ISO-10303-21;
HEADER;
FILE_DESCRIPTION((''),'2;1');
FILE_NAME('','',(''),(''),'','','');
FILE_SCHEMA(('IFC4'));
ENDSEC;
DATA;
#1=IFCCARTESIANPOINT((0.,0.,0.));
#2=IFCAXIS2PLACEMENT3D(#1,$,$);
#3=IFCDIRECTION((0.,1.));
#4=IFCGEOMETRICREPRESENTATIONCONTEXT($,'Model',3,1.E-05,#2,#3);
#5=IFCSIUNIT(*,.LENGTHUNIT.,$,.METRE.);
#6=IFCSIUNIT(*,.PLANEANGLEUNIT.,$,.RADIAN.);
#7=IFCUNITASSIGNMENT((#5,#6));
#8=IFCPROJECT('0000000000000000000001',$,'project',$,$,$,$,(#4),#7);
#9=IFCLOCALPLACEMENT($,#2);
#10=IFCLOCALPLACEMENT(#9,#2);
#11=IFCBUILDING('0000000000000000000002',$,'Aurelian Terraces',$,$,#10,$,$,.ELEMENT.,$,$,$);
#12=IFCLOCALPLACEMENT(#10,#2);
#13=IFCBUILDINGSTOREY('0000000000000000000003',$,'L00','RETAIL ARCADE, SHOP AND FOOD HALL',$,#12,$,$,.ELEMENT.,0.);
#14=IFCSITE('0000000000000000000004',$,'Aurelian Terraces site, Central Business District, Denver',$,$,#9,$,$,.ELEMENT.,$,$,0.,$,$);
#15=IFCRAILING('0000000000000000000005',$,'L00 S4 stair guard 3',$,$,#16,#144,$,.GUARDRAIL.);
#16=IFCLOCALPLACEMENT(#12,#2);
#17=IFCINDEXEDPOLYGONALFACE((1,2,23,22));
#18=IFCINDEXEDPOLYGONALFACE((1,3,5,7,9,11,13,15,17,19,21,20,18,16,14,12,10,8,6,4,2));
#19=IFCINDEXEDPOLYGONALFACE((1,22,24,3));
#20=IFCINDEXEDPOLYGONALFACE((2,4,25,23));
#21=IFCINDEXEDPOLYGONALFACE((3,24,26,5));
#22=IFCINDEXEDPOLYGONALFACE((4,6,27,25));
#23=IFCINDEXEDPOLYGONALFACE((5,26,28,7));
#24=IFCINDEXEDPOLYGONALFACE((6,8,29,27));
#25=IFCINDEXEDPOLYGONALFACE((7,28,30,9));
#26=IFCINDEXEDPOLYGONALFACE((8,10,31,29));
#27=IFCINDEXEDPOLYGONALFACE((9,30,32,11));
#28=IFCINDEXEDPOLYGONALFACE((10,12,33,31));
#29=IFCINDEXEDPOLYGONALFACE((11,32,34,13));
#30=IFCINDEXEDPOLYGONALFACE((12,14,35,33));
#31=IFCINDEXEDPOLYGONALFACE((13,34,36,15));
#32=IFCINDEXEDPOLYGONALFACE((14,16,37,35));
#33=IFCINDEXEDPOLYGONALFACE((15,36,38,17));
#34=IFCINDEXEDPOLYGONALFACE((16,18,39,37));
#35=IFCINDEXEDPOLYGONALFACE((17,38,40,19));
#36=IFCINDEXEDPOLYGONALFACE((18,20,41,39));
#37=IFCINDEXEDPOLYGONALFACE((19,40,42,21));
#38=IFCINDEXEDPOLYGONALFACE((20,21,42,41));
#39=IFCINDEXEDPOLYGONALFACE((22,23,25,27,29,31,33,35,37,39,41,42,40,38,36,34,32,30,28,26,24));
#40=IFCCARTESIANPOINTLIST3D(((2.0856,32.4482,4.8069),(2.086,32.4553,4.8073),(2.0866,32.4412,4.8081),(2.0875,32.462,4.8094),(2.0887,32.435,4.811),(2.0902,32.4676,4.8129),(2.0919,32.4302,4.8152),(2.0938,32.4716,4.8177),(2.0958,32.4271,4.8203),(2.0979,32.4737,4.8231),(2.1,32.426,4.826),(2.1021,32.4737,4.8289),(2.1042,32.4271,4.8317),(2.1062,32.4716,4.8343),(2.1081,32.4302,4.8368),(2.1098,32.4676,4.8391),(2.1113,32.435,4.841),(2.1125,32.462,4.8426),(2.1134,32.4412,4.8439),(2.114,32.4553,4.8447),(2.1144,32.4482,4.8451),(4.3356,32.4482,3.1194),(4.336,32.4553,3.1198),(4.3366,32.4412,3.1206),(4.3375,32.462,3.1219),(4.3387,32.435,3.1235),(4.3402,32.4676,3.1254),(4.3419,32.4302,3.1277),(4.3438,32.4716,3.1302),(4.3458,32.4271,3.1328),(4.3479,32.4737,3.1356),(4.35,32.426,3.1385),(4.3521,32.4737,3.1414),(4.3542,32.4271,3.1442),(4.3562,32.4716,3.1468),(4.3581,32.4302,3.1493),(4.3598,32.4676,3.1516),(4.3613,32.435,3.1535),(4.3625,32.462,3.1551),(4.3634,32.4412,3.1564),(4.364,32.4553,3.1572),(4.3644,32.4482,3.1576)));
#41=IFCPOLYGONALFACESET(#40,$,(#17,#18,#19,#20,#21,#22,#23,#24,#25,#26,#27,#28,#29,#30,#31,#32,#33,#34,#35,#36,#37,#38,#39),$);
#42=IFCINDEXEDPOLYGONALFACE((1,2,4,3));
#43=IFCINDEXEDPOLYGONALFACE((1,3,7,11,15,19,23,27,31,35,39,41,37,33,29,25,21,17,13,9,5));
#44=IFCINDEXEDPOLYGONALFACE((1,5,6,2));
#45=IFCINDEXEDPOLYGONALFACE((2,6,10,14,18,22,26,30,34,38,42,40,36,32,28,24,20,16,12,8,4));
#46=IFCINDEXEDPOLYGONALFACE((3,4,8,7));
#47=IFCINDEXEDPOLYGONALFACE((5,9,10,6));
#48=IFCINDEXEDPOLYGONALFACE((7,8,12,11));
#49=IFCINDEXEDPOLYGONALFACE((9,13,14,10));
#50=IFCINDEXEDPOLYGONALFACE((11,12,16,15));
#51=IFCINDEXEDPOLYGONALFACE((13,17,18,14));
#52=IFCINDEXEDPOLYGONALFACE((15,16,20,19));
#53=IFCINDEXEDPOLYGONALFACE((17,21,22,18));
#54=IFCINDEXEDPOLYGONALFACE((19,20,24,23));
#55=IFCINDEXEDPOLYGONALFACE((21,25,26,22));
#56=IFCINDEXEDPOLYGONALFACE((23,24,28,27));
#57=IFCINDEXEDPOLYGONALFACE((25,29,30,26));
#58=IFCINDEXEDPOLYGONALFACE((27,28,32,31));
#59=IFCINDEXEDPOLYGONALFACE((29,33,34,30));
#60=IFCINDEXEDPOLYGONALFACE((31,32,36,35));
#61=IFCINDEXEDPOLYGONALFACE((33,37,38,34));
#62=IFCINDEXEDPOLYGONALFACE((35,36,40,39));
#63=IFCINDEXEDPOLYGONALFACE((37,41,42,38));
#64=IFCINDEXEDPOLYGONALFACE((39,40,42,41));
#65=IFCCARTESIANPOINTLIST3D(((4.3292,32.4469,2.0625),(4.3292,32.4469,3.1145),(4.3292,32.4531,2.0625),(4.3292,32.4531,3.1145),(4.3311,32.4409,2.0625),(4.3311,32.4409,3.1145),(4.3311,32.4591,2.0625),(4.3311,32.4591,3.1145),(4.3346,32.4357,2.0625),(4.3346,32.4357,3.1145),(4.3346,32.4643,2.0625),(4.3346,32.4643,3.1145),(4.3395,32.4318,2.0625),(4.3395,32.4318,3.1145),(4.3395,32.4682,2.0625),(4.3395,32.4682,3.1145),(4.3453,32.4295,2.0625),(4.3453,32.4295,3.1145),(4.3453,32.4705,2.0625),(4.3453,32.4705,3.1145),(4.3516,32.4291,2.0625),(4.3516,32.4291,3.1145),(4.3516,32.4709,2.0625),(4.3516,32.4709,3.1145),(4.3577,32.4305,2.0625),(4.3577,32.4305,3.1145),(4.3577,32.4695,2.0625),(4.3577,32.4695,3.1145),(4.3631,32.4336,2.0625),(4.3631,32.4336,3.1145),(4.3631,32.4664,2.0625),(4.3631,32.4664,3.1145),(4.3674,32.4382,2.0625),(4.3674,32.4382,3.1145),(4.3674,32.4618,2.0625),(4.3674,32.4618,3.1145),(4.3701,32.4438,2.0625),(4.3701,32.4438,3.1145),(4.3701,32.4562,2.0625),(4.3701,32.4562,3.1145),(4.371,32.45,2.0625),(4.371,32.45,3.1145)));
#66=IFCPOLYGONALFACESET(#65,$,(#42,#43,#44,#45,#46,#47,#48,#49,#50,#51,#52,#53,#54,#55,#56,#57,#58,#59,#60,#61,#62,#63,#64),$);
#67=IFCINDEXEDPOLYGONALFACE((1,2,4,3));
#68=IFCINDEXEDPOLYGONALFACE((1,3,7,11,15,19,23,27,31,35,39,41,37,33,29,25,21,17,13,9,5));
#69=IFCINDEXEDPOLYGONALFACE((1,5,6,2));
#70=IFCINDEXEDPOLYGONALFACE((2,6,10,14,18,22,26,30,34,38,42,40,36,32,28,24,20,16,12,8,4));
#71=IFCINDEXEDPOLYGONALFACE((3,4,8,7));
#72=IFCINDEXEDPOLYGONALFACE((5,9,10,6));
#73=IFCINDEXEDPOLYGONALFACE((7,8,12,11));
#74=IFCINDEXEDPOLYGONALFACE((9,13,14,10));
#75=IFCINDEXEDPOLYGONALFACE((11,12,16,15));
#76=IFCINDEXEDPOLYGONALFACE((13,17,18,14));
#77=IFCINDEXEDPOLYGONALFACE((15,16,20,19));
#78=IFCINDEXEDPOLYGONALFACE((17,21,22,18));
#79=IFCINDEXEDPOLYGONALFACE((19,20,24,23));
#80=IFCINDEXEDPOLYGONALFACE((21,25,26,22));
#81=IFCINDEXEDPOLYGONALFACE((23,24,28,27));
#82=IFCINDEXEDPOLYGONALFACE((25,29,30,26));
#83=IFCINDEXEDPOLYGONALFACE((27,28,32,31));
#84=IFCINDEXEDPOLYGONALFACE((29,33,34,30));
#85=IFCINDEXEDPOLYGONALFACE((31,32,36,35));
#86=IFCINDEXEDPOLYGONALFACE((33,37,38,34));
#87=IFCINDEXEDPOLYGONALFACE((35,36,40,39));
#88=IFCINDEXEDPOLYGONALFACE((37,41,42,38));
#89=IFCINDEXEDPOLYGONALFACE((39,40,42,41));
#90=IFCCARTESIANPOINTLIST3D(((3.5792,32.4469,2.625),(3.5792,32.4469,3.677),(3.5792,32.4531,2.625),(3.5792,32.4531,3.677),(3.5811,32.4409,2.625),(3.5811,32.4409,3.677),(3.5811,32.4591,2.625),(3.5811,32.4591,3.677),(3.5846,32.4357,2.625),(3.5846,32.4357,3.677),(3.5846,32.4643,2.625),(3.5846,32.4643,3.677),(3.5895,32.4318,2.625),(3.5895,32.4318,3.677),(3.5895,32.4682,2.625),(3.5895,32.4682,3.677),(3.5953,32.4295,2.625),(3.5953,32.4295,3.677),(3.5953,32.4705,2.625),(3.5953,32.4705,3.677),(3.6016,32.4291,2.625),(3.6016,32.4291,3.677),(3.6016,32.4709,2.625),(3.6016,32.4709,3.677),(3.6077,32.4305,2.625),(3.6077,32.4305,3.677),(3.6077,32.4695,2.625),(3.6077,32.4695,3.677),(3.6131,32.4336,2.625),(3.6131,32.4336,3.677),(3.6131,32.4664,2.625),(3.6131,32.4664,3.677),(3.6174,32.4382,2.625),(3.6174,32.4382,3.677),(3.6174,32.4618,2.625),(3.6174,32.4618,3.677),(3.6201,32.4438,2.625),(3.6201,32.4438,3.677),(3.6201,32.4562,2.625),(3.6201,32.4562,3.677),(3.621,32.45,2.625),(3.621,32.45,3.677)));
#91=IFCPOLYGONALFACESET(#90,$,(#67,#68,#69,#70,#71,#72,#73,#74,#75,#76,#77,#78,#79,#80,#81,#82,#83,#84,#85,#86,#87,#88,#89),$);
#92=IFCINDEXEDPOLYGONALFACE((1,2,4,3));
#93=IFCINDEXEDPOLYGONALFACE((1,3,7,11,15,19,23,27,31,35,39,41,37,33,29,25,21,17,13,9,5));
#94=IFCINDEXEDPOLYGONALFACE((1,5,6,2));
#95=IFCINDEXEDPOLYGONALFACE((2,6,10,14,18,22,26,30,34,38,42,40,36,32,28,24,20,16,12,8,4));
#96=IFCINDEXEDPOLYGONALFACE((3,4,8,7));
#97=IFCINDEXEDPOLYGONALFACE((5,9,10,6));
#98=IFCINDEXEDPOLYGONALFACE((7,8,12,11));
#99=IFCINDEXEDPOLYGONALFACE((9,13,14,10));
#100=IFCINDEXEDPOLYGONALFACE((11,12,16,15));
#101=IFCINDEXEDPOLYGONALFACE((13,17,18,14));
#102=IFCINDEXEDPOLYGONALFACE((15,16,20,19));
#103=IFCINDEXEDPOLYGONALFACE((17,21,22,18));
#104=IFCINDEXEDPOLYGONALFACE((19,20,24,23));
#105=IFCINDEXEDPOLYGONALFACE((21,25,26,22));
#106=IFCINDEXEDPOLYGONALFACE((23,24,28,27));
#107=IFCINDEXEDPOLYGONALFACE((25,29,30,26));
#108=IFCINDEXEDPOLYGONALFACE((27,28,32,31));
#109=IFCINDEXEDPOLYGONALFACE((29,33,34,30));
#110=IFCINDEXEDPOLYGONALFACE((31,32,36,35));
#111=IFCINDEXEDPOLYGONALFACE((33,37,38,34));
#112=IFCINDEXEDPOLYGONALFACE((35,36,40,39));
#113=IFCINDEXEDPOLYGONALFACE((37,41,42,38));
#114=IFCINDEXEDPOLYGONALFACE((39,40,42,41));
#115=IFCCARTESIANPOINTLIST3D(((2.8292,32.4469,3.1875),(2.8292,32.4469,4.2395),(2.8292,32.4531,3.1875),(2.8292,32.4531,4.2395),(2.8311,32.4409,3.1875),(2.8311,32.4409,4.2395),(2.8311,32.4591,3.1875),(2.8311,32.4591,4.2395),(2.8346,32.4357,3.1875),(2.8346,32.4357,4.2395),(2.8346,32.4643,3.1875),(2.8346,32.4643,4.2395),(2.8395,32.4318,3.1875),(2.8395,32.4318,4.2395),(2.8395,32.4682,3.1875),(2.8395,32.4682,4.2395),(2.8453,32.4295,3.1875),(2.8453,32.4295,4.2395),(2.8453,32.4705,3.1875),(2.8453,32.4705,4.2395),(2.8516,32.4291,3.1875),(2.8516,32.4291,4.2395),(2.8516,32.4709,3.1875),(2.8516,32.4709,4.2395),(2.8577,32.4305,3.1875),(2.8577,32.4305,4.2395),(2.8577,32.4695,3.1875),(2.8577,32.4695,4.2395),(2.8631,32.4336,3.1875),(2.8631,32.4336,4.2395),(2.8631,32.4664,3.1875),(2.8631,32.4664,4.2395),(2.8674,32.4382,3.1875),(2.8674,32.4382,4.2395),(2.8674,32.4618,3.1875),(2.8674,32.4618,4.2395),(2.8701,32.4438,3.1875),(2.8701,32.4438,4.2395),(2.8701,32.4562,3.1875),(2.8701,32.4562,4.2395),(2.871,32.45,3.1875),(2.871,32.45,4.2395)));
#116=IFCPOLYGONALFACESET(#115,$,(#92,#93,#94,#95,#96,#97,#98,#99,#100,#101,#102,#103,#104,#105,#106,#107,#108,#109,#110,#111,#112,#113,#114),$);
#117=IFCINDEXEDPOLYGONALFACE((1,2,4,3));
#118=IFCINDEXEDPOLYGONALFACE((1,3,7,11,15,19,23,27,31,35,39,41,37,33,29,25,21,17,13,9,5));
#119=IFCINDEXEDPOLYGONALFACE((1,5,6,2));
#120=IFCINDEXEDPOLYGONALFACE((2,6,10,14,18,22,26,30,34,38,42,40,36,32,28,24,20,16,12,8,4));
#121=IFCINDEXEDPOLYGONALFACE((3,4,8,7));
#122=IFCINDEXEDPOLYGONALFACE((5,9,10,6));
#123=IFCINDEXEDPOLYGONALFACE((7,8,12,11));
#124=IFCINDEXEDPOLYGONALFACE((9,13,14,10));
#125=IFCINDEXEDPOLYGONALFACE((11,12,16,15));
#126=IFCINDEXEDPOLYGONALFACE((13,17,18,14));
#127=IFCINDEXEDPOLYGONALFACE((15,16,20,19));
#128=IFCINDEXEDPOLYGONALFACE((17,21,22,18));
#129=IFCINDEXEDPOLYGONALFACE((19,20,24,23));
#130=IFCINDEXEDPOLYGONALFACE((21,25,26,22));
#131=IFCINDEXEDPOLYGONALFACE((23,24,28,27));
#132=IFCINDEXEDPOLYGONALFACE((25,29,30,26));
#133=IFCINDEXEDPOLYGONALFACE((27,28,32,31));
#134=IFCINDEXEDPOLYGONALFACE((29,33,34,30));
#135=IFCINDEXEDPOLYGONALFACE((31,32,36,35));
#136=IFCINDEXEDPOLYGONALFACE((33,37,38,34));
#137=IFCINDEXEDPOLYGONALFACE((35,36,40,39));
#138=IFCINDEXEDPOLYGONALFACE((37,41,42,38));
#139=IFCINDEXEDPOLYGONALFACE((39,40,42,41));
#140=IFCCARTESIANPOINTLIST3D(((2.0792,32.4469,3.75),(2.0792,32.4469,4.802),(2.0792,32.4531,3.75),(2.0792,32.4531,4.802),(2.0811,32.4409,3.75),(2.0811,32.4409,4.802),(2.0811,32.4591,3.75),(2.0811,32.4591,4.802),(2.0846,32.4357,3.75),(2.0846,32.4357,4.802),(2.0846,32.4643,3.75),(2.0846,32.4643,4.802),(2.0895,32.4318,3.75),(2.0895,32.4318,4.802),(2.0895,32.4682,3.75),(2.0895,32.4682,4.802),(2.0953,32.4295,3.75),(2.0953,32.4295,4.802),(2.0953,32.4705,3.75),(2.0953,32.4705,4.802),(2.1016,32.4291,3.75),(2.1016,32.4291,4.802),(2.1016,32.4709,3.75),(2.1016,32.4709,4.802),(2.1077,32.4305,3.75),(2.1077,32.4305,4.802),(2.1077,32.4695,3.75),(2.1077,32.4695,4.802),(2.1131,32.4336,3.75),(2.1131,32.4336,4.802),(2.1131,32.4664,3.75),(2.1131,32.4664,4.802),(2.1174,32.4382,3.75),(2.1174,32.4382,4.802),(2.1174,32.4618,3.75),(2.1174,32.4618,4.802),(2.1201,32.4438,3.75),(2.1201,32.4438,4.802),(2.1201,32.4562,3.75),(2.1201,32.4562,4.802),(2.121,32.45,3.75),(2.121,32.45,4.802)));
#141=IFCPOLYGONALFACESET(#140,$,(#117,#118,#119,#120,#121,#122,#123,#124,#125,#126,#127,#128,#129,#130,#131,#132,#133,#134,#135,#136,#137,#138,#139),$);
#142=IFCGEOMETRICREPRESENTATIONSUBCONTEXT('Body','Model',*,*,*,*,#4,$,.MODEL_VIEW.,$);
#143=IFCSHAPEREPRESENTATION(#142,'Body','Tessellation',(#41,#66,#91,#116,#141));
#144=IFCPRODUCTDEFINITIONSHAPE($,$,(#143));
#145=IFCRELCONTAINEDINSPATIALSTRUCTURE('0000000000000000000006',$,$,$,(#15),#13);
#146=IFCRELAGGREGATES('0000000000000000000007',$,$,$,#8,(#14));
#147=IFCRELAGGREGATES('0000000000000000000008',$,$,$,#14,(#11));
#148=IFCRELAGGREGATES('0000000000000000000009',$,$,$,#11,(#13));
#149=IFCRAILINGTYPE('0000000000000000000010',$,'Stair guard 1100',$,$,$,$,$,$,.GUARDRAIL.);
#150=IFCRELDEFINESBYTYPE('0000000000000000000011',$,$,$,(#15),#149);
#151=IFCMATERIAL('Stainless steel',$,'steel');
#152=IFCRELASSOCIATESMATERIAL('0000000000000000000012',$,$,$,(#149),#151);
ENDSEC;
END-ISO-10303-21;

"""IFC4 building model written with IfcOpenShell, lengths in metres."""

from ifc_helpers import new_model, si_unit, direction, frame, origin, origin_2d, place, context, subcontext, project, spatial, circle, extrude, source, transform, mapped, material, type_object, element, save


model = new_model("IFC4")

# Units and contexts
model_context = context("Model", 3, precision=1e-05, world=origin(), true_north=direction((0.0, 1.0)))
body_context = subcontext(model_context, "Body", "Model", "MODEL_VIEW")
ifc_project = project(units=[si_unit("LENGTHUNIT", "METRE"), si_unit("PLANEANGLEUNIT", "RADIAN")], contexts=[model_context])

# Site, building, storey
site_placement = place(None, origin())
site = spatial("IfcSite", under=ifc_project, at=site_placement, Name="Aurelian Terraces site, Central Business District, Denver", CompositionType="ELEMENT", RefElevation=0.0)
building_placement = place(site_placement, origin())
building = spatial("IfcBuilding", under=site, at=building_placement, Name="Aurelian Terraces", CompositionType="ELEMENT")
storey_placement = place(building_placement, origin())
storey = spatial("IfcBuildingStorey", under=building, at=storey_placement, Name="L00", Description="RETAIL ARCADE, SHOP AND FOOD HALL", CompositionType="ELEMENT", Elevation=0.0)

# Railing
ifc_material_1 = material(Name="Stainless steel", Category="steel")
railing_type_1 = type_object("IfcRailingType", Name="Stair guard 1100", PredefinedType="GUARDRAIL", material=ifc_material_1)
shared_shape_1 = source(origin(), body_context, "Body", "SweptSolid", [
    extrude(circle(Radius=0.024, at=origin_2d()), frame((0.0, 0.0, 1.076), z_axis=(-0.8, 0.0, 0.6), x_axis=(0.0, -1.0, 0.0)), (0.0, 0.0, 1.0), 2.8125),
    extrude(circle(Radius=0.021, at=origin_2d()), origin(), (0.0, 0.0, 1.0), 1.052),
    extrude(circle(Radius=0.021, at=origin_2d()), frame((-0.75, 0.0, 0.5625)), (0.0, 0.0, 1.0), 1.052),
    extrude(circle(Radius=0.021, at=origin_2d()), frame((-1.5, 0.0, 1.125)), (0.0, 0.0, 1.0), 1.052),
    extrude(circle(Radius=0.021, at=origin_2d()), frame((-2.25, 0.0, 1.6875)), (0.0, 0.0, 1.0), 1.052),
])
for number, where, name in (
    (1, (4.35, 32.45, 2.0625), "L00 S4 stair guard 3"),
):
    element("IfcRailing", number, at=place(storey_placement, frame(where)), inside=storey, type_object=railing_type_1, Name=name, PredefinedType="GUARDRAIL", context=body_context, shape_type="MappedRepresentation", body=[
        mapped(shared_shape_1, transform((0.0, 0.0, 0.0), scale=1.0)),
    ])

save(model, "model.ifc")
